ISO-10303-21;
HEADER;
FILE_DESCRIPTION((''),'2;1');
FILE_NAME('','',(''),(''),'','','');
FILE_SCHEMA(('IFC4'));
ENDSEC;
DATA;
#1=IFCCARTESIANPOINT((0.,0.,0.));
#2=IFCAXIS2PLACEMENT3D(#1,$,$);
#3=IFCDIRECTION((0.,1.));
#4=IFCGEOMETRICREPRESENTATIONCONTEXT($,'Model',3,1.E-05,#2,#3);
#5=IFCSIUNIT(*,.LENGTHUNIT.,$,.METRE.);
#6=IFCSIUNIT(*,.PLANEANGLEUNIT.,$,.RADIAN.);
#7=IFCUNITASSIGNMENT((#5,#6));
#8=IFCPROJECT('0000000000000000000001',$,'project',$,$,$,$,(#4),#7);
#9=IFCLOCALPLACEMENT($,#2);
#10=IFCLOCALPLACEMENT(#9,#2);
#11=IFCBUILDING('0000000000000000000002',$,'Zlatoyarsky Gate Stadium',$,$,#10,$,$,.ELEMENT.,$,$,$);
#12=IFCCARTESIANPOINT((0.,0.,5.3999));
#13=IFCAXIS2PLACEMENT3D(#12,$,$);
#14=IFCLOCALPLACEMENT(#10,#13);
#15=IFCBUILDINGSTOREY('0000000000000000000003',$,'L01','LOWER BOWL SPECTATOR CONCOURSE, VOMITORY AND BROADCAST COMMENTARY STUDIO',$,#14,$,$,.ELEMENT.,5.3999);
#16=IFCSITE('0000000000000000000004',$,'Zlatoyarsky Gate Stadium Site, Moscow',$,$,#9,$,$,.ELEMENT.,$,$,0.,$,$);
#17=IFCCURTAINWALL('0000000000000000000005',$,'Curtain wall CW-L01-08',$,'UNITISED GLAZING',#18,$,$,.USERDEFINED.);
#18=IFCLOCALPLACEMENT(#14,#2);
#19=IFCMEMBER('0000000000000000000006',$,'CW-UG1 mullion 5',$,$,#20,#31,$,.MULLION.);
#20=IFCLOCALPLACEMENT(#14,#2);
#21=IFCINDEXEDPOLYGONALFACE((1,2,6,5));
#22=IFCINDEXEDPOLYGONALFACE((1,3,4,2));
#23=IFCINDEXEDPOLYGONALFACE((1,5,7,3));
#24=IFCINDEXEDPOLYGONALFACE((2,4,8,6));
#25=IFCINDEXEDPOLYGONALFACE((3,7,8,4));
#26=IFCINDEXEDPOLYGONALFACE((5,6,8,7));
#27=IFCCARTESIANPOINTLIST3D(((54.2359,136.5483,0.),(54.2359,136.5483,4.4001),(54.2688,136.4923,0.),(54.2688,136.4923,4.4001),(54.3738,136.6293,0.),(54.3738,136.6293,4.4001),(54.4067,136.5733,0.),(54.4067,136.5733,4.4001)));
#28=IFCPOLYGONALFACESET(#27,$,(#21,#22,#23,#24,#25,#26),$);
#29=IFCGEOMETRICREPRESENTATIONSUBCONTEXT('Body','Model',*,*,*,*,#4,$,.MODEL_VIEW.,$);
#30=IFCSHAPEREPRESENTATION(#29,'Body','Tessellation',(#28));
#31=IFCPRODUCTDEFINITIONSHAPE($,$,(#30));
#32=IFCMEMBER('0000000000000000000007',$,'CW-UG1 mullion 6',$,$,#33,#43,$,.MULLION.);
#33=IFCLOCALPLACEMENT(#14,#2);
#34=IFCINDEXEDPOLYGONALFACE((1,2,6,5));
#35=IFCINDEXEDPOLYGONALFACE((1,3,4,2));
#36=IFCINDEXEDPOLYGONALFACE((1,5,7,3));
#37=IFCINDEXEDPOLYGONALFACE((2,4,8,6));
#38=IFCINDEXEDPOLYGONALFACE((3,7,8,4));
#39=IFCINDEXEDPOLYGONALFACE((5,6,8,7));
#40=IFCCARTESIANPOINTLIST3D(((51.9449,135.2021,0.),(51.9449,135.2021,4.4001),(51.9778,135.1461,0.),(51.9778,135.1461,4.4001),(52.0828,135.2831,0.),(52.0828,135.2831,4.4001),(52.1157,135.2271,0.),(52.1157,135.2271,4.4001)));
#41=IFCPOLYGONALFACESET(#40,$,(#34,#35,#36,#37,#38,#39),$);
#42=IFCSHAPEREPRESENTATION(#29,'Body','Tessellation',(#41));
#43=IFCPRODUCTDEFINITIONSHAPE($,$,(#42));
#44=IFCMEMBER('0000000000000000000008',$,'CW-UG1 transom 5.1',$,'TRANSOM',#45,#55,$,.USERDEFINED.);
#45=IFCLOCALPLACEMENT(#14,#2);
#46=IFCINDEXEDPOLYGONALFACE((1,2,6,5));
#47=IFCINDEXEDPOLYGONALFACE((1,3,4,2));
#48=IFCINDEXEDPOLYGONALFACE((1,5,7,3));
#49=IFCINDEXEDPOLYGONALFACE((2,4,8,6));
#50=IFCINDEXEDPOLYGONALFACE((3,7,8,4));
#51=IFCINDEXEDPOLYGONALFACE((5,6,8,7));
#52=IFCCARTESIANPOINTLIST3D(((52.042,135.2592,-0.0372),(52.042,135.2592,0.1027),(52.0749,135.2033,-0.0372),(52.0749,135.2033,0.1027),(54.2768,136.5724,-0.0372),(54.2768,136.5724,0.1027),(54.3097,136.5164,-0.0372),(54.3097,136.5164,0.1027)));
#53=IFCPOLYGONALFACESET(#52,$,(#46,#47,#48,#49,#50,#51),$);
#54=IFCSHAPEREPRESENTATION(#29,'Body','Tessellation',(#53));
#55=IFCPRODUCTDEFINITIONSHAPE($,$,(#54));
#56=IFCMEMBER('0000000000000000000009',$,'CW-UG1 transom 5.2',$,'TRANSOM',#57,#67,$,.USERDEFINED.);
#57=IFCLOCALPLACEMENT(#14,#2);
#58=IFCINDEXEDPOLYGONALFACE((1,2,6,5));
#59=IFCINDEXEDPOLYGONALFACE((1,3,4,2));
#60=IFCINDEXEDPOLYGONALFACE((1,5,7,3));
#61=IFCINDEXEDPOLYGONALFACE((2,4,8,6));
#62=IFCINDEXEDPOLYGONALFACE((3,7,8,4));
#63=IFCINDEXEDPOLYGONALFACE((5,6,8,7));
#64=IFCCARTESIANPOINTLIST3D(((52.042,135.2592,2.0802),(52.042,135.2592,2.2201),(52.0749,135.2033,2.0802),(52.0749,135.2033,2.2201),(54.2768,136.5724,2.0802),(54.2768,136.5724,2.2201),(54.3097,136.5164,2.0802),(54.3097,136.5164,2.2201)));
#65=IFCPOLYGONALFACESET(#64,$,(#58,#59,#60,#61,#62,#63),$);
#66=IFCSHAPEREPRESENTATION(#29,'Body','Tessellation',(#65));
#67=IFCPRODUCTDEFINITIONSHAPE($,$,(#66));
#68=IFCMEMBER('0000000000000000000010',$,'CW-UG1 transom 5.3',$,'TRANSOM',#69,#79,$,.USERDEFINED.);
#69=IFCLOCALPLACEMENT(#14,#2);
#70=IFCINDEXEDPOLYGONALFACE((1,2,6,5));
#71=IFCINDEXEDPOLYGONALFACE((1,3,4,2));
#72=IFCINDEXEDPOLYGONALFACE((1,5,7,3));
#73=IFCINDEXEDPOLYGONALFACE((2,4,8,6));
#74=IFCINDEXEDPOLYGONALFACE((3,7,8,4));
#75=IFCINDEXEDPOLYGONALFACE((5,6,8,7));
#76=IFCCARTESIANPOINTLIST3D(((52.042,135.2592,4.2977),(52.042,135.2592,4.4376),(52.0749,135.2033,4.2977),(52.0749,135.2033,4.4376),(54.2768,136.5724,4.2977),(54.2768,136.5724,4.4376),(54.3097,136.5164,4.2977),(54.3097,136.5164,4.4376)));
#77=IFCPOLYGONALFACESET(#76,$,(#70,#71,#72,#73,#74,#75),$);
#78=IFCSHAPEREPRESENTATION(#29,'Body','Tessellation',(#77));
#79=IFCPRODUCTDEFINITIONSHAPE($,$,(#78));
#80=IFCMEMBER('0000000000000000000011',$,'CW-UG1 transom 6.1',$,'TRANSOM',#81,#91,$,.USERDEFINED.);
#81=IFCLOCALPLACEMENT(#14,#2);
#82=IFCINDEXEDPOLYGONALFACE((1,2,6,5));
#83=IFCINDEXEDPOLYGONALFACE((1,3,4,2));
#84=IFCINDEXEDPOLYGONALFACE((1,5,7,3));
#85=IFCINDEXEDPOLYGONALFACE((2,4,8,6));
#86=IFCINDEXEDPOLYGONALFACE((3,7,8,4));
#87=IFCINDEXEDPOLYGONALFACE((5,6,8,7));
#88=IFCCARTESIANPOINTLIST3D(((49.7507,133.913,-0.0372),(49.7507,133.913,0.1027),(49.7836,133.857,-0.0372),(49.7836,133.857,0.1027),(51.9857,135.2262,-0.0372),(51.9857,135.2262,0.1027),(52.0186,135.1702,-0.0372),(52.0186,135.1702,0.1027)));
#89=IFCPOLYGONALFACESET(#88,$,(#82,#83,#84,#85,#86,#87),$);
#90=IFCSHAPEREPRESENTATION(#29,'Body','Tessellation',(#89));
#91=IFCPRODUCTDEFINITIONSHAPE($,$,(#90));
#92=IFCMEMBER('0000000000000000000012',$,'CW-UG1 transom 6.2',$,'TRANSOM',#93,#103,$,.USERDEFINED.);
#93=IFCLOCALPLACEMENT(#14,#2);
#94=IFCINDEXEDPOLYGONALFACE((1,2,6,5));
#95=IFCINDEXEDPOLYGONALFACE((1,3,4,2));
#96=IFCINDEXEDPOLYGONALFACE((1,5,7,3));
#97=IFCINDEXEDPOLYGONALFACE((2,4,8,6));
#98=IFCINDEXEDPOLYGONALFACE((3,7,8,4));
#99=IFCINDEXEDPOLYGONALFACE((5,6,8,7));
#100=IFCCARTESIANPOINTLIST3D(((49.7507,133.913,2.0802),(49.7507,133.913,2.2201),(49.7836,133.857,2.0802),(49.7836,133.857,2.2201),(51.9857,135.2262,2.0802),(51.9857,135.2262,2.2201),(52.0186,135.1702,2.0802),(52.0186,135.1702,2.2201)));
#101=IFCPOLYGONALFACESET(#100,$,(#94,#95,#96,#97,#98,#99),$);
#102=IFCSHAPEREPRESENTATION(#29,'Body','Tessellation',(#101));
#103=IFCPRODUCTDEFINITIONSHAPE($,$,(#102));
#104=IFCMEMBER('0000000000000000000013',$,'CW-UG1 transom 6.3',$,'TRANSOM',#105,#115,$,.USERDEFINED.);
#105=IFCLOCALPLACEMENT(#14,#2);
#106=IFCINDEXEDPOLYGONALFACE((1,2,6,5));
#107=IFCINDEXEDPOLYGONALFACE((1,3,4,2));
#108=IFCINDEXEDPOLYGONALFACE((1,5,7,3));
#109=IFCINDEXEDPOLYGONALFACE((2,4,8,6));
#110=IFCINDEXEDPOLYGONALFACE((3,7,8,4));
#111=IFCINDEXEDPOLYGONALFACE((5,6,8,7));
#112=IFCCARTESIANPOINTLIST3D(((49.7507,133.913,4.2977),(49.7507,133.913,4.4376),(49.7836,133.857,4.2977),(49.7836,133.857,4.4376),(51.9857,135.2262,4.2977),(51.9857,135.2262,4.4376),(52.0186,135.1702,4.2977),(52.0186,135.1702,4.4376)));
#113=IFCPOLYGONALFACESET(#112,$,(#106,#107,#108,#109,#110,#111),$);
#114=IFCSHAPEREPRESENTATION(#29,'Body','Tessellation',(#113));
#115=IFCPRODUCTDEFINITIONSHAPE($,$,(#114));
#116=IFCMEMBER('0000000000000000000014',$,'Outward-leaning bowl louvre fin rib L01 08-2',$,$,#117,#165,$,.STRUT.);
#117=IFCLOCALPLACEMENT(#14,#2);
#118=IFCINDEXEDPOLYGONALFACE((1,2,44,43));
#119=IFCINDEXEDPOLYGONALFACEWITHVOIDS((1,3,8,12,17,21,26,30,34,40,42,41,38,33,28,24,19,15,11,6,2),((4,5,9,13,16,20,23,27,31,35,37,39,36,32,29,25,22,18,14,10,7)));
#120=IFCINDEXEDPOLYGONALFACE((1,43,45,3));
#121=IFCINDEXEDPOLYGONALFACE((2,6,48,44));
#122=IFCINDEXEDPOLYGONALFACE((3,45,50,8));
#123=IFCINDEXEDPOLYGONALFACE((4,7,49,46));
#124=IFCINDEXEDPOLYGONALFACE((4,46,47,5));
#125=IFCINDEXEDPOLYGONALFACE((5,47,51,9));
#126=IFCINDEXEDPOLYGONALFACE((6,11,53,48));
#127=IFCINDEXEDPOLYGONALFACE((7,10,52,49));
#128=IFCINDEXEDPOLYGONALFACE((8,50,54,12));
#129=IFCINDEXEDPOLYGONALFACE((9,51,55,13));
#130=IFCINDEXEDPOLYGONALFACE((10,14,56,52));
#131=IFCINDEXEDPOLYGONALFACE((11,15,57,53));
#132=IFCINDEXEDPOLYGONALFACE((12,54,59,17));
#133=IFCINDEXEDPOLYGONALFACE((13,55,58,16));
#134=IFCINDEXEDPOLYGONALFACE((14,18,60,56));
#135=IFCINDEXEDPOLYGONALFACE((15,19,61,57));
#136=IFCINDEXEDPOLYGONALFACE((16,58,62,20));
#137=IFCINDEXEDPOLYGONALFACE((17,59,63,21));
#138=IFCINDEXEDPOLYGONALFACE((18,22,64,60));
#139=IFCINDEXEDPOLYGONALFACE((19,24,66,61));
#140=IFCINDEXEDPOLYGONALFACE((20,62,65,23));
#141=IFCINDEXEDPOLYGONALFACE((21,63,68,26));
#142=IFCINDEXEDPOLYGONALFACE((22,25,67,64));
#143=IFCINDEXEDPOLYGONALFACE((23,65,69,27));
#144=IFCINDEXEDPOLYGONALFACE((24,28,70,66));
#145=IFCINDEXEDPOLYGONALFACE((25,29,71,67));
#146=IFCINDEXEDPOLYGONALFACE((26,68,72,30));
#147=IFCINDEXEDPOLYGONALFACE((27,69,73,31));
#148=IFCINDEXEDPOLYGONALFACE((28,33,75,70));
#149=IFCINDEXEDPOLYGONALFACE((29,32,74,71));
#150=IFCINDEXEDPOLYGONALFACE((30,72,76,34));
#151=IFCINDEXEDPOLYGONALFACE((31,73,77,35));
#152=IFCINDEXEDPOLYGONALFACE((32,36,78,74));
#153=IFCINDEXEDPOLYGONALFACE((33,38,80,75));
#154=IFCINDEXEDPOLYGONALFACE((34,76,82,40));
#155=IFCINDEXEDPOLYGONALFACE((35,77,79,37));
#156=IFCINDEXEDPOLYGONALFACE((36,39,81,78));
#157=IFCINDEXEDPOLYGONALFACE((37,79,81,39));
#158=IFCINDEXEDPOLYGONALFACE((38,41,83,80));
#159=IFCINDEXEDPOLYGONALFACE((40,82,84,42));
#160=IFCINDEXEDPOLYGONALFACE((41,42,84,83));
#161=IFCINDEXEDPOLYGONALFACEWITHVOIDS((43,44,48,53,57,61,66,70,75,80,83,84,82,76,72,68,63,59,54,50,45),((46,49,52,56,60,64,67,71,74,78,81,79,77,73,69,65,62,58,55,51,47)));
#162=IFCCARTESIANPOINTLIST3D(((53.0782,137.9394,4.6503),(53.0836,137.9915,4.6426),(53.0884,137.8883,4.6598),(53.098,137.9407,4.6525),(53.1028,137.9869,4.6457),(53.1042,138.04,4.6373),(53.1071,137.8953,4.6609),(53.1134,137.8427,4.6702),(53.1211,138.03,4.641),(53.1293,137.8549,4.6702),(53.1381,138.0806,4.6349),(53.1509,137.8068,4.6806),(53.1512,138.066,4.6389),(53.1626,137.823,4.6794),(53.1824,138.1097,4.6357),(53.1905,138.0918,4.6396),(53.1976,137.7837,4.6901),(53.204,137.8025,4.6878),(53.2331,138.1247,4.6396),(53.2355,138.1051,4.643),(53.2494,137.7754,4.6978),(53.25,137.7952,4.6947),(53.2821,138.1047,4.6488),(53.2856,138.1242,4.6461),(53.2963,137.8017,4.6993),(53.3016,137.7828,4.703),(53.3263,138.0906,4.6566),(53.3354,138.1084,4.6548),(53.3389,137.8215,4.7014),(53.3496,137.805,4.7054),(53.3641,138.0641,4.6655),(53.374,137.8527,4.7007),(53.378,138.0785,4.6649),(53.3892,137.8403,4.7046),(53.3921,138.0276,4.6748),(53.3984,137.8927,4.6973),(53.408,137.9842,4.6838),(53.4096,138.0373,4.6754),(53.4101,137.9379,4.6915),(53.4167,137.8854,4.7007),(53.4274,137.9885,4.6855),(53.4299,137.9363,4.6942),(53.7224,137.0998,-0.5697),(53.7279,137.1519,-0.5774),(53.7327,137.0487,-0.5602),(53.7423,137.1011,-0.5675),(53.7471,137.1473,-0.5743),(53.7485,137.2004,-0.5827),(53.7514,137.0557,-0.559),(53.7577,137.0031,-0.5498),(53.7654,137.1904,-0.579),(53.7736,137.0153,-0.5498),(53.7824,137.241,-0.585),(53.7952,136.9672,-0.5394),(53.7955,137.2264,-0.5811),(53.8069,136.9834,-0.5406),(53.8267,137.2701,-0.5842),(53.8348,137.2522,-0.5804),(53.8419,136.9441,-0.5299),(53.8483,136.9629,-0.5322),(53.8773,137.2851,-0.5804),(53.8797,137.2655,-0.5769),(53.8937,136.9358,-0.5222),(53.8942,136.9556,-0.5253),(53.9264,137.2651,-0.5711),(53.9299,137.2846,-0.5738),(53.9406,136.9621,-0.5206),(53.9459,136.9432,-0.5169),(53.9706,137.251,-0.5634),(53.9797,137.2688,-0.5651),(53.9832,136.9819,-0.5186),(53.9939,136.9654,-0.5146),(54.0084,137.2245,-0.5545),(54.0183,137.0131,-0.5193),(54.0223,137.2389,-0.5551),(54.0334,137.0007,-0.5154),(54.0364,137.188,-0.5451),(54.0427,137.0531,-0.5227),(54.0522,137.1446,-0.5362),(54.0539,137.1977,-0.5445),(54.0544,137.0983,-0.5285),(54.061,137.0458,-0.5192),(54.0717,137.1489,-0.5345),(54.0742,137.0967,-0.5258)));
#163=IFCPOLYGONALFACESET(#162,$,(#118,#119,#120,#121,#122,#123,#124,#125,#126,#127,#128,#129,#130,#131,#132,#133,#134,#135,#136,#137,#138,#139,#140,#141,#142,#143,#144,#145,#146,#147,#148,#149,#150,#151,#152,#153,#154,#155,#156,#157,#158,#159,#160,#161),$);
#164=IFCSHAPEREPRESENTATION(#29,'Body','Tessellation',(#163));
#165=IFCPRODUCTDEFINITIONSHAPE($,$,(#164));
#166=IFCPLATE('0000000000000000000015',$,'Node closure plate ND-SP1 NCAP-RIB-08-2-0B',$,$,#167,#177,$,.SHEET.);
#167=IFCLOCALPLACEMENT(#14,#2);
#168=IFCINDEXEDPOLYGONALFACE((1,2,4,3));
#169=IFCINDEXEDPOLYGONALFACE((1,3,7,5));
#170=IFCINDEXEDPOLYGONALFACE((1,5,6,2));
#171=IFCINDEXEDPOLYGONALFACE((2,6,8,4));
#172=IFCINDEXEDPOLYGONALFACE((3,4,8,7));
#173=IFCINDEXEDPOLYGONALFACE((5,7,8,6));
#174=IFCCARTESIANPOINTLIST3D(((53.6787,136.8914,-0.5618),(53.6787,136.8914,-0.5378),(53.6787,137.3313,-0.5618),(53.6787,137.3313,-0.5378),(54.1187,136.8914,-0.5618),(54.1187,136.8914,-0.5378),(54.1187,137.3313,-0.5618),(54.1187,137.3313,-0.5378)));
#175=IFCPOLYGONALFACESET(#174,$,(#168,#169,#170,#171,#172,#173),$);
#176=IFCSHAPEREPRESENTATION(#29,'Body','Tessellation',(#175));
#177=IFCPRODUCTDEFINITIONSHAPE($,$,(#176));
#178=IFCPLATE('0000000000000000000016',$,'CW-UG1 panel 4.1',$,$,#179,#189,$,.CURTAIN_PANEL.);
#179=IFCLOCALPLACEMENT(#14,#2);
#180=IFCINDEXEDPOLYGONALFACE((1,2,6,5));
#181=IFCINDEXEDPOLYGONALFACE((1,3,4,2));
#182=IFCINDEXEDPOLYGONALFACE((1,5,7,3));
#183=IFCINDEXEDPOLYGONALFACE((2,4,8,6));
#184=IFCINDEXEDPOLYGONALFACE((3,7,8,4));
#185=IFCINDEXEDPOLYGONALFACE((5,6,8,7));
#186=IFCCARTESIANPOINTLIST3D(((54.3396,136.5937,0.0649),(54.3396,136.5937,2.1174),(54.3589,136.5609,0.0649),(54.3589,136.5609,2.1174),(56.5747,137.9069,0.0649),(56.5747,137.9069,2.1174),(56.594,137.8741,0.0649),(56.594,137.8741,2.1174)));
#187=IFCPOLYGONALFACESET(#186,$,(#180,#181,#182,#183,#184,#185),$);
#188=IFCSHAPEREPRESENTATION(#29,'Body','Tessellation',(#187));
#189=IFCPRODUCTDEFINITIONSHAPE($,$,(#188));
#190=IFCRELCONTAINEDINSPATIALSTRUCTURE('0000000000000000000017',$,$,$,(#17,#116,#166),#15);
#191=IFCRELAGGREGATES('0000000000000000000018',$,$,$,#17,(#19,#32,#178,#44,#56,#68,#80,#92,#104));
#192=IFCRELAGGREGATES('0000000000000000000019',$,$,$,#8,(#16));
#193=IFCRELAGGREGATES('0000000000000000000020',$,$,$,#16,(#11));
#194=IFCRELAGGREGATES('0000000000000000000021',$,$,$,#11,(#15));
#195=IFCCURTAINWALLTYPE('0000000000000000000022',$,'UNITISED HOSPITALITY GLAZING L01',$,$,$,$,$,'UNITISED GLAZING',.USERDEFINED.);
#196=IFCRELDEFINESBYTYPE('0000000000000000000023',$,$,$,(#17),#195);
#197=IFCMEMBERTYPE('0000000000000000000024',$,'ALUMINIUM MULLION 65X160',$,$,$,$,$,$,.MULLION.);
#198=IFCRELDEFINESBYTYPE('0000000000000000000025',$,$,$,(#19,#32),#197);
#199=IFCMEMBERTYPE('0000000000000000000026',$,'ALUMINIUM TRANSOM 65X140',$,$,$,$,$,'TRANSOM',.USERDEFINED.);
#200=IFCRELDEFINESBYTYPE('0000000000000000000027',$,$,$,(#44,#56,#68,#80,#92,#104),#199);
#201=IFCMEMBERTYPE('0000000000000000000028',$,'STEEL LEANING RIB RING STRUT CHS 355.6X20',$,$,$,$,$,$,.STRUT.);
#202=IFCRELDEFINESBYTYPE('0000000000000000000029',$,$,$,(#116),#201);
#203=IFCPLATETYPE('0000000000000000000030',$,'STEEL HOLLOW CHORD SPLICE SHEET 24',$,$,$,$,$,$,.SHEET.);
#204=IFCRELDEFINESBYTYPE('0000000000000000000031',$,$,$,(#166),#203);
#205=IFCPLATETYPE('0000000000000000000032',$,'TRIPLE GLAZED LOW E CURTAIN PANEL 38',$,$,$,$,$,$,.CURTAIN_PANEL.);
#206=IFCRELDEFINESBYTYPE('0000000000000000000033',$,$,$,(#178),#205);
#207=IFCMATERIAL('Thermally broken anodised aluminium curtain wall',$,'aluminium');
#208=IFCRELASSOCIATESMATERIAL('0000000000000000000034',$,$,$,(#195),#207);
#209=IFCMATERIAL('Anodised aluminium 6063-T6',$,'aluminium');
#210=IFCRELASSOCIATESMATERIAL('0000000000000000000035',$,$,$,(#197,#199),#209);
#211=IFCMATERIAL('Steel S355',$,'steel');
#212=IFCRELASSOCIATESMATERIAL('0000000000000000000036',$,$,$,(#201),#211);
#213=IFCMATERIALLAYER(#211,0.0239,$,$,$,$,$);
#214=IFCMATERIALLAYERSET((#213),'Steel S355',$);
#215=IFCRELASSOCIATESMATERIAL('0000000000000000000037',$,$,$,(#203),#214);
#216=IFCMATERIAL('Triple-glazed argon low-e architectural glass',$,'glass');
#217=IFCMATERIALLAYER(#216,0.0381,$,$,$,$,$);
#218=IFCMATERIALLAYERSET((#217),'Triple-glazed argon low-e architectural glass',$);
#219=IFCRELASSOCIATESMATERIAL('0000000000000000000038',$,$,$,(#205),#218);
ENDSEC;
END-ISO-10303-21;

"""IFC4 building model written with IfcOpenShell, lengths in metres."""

from ifc_helpers import new_model, si_unit, direction, frame, origin, origin_2d, place, context, subcontext, project, spatial, rectangle, hollow_circle, extrude, material, layer, layer_set, material_profile, profile_set, type_object, element, aggregate, save


model = new_model("IFC4")

# Units and contexts
model_context = context("Model", 3, precision=1e-05, world=origin(), true_north=direction((0.0, 1.0)))
body_context = subcontext(model_context, "Body", "Model", "MODEL_VIEW")
ifc_project = project(units=[si_unit("LENGTHUNIT", "METRE"), si_unit("PLANEANGLEUNIT", "RADIAN")], contexts=[model_context])

# Site, building, storey
site_placement = place(None, origin())
site = spatial("IfcSite", under=ifc_project, at=site_placement, Name="Zlatoyarsky Gate Stadium Site, Moscow", CompositionType="ELEMENT", RefElevation=0.0)
building_placement = place(site_placement, origin())
building = spatial("IfcBuilding", under=site, at=building_placement, Name="Zlatoyarsky Gate Stadium", CompositionType="ELEMENT")
storey_placement = place(building_placement, frame((0.0, 0.0, 5.3999)))
storey = spatial("IfcBuildingStorey", under=building, at=storey_placement, Name="L01", Description="LOWER BOWL SPECTATOR CONCOURSE, VOMITORY AND BROADCAST COMMENTARY STUDIO", CompositionType="ELEMENT", Elevation=5.3999)

# Curtain wall, members
ifc_material_1 = material(Name="Thermally broken anodised aluminium curtain wall", Category="aluminium")
curtain_wall_type = type_object("IfcCurtainWallType", Name="UNITISED HOSPITALITY GLAZING L01", ElementType="UNITISED GLAZING", PredefinedType="USERDEFINED", material=ifc_material_1)
curtain_wall_placement = place(storey_placement, origin())
curtain_wall = element("IfcCurtainWall", 1, at=curtain_wall_placement, inside=storey, type_object=curtain_wall_type, Name="Curtain wall CW-L01-08", ObjectType="UNITISED GLAZING", PredefinedType="USERDEFINED")
ifc_material_2 = material(Name="Anodised aluminium 6063-T6", Category="aluminium")
ifc_material_profile_1 = material_profile(ifc_material_2, rectangle(XDim=0.0649, YDim=0.1599, at=origin_2d()), Name="ALU 65X160")
ifc_profile_set_1 = profile_set([ifc_material_profile_1], Name="Anodised aluminium 6063-T6")
member_type_1 = type_object("IfcMemberType", Name="ALUMINIUM MULLION 65X160", PredefinedType="MULLION", material=ifc_profile_set_1)
member_1_placement = place(storey_placement, frame((54.3213, 136.5608, 0.0), z_axis=(0.0, 0.0, 1.0), x_axis=(0.506588, -0.862188, 0.0)))
member_1 = element("IfcMember", 2, at=member_1_placement, type_object=member_type_1, Name="CW-UG1 mullion 5", PredefinedType="MULLION", context=body_context, shape_type="SweptSolid", body=[
    extrude(rectangle(XDim=0.0649, YDim=0.1599, at=origin_2d()), origin(), (0.0, 0.0, 1.0), 4.4001),
])
member_2_placement = place(storey_placement, frame((52.0303, 135.2146, 0.0), z_axis=(0.0, 0.0, 1.0), x_axis=(0.506588, -0.862188, 0.0)))
member_2 = element("IfcMember", 3, at=member_2_placement, type_object=member_type_1, Name="CW-UG1 mullion 6", PredefinedType="MULLION", context=body_context, shape_type="SweptSolid", body=[
    extrude(rectangle(XDim=0.0649, YDim=0.1599, at=origin_2d()), origin(), (0.0, 0.0, 1.0), 4.4001),
])
ifc_material_profile_2 = material_profile(ifc_material_2, rectangle(XDim=0.0649, YDim=0.1399, at=origin_2d()), Name="ALU 65X140")
ifc_profile_set_2 = profile_set([ifc_material_profile_2], Name="Anodised aluminium 6063-T6")
member_type_2 = type_object("IfcMemberType", Name="ALUMINIUM TRANSOM 65X140", ElementType="TRANSOM", PredefinedType="USERDEFINED", material=ifc_profile_set_2)
member_3_placement = place(storey_placement, frame((54.2932, 136.5444, 0.0327), z_axis=(-0.862169, -0.506621, 0.0), x_axis=(0.506621, -0.862169, 0.0)))
member_3 = element("IfcMember", 4, at=member_3_placement, type_object=member_type_2, Name="CW-UG1 transom 5.1", ObjectType="TRANSOM", PredefinedType="USERDEFINED", context=body_context, shape_type="SweptSolid", body=[
    extrude(rectangle(XDim=0.0649, YDim=0.1399, at=origin_2d()), origin(), (0.0, 0.0, 1.0), 2.592),
])
member_4_placement = place(storey_placement, frame((54.2932, 136.5444, 2.1501), z_axis=(-0.862169, -0.506621, 0.0), x_axis=(0.506621, -0.862169, 0.0)))
member_4 = element("IfcMember", 5, at=member_4_placement, type_object=member_type_2, Name="CW-UG1 transom 5.2", ObjectType="TRANSOM", PredefinedType="USERDEFINED", context=body_context, shape_type="SweptSolid", body=[
    extrude(rectangle(XDim=0.0649, YDim=0.1399, at=origin_2d()), origin(), (0.0, 0.0, 1.0), 2.592),
])
member_5_placement = place(storey_placement, frame((54.2932, 136.5444, 4.3677), z_axis=(-0.862169, -0.506621, 0.0), x_axis=(0.506621, -0.862169, 0.0)))
member_5 = element("IfcMember", 6, at=member_5_placement, type_object=member_type_2, Name="CW-UG1 transom 5.3", ObjectType="TRANSOM", PredefinedType="USERDEFINED", context=body_context, shape_type="SweptSolid", body=[
    extrude(rectangle(XDim=0.0649, YDim=0.1399, at=origin_2d()), origin(), (0.0, 0.0, 1.0), 2.592),
])
member_6_placement = place(storey_placement, frame((52.0022, 135.1982, 0.0327), z_axis=(-0.862193, -0.50658, 0.0), x_axis=(0.50658, -0.862193, 0.0)))
member_6 = element("IfcMember", 7, at=member_6_placement, type_object=member_type_2, Name="CW-UG1 transom 6.1", ObjectType="TRANSOM", PredefinedType="USERDEFINED", context=body_context, shape_type="SweptSolid", body=[
    extrude(rectangle(XDim=0.0649, YDim=0.1399, at=origin_2d()), origin(), (0.0, 0.0, 1.0), 2.5923),
])
member_7_placement = place(storey_placement, frame((52.0022, 135.1982, 2.1501), z_axis=(-0.862193, -0.50658, 0.0), x_axis=(0.50658, -0.862193, 0.0)))
member_7 = element("IfcMember", 8, at=member_7_placement, type_object=member_type_2, Name="CW-UG1 transom 6.2", ObjectType="TRANSOM", PredefinedType="USERDEFINED", context=body_context, shape_type="SweptSolid", body=[
    extrude(rectangle(XDim=0.0649, YDim=0.1399, at=origin_2d()), origin(), (0.0, 0.0, 1.0), 2.5923),
])
member_8_placement = place(storey_placement, frame((52.0022, 135.1982, 4.3677), z_axis=(-0.862193, -0.50658, 0.0), x_axis=(0.50658, -0.862193, 0.0)))
member_8 = element("IfcMember", 9, at=member_8_placement, type_object=member_type_2, Name="CW-UG1 transom 6.3", ObjectType="TRANSOM", PredefinedType="USERDEFINED", context=body_context, shape_type="SweptSolid", body=[
    extrude(rectangle(XDim=0.0649, YDim=0.1399, at=origin_2d()), origin(), (0.0, 0.0, 1.0), 2.5923),
])

# Member
ifc_material_3 = material(Name="Steel S355", Category="steel")
ifc_material_profile_3 = material_profile(ifc_material_3, hollow_circle(Radius=0.1777, WallThickness=0.02, at=origin_2d()), Name="CHS 355.6X20")
ifc_profile_set_3 = profile_set([ifc_material_profile_3], Name="Steel S355")
member_type_3 = type_object("IfcMemberType", Name="STEEL LEANING RIB RING STRUT CHS 355.6X20", PredefinedType="STRUT", material=ifc_profile_set_3)
member_9_placement = place(storey_placement, frame((53.8987, 137.1113, -0.5498), z_axis=(-0.120966, 0.157637, 0.98006), x_axis=(-0.793335, -0.608785, 0.0)))
element("IfcMember", 10, at=member_9_placement, inside=storey, type_object=member_type_3, Name="Outward-leaning bowl louvre fin rib L01 08-2", PredefinedType="STRUT", context=body_context, shape_type="SweptSolid", body=[
    extrude(hollow_circle(Radius=0.1777, WallThickness=0.02, at=origin_2d()), origin(), (0.0, 0.0, 1.0), 5.3262),
])

# Plates
ifc_layer_1 = layer(ifc_material_3, 0.0239)
ifc_layer_set_1 = layer_set([ifc_layer_1], Name="Steel S355")
plate_type_1 = type_object("IfcPlateType", Name="STEEL HOLLOW CHORD SPLICE SHEET 24", PredefinedType="SHEET", material=ifc_layer_set_1)
plate_1_placement = place(storey_placement, frame((53.8987, 137.1113, -0.5618), z_axis=(0.0, 0.0, 1.0), x_axis=(1.0, 0.0, 0.0)))
element("IfcPlate", 11, at=plate_1_placement, inside=storey, type_object=plate_type_1, Name="Node closure plate ND-SP1 NCAP-RIB-08-2-0B", PredefinedType="SHEET", context=body_context, shape_type="SweptSolid", body=[
    extrude(rectangle(XDim=0.4399, YDim=0.4399, at=origin_2d()), origin(), (0.0, 0.0, 1.0), 0.0239),
])
ifc_material_4 = material(Name="Triple-glazed argon low-e architectural glass", Category="glass")
ifc_layer_2 = layer(ifc_material_4, 0.0381)
ifc_layer_set_2 = layer_set([ifc_layer_2], Name="Triple-glazed argon low-e architectural glass")
plate_type_2 = type_object("IfcPlateType", Name="TRIPLE GLAZED LOW E CURTAIN PANEL 38", PredefinedType="CURTAIN_PANEL", material=ifc_layer_set_2)
plate_2_placement = place(storey_placement, frame((55.4668, 137.2339, 0.0649), z_axis=(0.0, 0.0, 1.0), x_axis=(-0.862188, -0.506588, 0.0)))
plate_2 = element("IfcPlate", 12, at=plate_2_placement, type_object=plate_type_2, Name="CW-UG1 panel 4.1", PredefinedType="CURTAIN_PANEL", context=body_context, shape_type="SweptSolid", body=[
    extrude(rectangle(XDim=2.5923, YDim=0.0381, at=origin_2d()), origin(), (0.0, 0.0, 1.0), 2.0525),
])
aggregate(curtain_wall, [member_1, member_2, plate_2, member_3, member_4, member_5, member_6, member_7, member_8])

save(model, "model.ifc")
